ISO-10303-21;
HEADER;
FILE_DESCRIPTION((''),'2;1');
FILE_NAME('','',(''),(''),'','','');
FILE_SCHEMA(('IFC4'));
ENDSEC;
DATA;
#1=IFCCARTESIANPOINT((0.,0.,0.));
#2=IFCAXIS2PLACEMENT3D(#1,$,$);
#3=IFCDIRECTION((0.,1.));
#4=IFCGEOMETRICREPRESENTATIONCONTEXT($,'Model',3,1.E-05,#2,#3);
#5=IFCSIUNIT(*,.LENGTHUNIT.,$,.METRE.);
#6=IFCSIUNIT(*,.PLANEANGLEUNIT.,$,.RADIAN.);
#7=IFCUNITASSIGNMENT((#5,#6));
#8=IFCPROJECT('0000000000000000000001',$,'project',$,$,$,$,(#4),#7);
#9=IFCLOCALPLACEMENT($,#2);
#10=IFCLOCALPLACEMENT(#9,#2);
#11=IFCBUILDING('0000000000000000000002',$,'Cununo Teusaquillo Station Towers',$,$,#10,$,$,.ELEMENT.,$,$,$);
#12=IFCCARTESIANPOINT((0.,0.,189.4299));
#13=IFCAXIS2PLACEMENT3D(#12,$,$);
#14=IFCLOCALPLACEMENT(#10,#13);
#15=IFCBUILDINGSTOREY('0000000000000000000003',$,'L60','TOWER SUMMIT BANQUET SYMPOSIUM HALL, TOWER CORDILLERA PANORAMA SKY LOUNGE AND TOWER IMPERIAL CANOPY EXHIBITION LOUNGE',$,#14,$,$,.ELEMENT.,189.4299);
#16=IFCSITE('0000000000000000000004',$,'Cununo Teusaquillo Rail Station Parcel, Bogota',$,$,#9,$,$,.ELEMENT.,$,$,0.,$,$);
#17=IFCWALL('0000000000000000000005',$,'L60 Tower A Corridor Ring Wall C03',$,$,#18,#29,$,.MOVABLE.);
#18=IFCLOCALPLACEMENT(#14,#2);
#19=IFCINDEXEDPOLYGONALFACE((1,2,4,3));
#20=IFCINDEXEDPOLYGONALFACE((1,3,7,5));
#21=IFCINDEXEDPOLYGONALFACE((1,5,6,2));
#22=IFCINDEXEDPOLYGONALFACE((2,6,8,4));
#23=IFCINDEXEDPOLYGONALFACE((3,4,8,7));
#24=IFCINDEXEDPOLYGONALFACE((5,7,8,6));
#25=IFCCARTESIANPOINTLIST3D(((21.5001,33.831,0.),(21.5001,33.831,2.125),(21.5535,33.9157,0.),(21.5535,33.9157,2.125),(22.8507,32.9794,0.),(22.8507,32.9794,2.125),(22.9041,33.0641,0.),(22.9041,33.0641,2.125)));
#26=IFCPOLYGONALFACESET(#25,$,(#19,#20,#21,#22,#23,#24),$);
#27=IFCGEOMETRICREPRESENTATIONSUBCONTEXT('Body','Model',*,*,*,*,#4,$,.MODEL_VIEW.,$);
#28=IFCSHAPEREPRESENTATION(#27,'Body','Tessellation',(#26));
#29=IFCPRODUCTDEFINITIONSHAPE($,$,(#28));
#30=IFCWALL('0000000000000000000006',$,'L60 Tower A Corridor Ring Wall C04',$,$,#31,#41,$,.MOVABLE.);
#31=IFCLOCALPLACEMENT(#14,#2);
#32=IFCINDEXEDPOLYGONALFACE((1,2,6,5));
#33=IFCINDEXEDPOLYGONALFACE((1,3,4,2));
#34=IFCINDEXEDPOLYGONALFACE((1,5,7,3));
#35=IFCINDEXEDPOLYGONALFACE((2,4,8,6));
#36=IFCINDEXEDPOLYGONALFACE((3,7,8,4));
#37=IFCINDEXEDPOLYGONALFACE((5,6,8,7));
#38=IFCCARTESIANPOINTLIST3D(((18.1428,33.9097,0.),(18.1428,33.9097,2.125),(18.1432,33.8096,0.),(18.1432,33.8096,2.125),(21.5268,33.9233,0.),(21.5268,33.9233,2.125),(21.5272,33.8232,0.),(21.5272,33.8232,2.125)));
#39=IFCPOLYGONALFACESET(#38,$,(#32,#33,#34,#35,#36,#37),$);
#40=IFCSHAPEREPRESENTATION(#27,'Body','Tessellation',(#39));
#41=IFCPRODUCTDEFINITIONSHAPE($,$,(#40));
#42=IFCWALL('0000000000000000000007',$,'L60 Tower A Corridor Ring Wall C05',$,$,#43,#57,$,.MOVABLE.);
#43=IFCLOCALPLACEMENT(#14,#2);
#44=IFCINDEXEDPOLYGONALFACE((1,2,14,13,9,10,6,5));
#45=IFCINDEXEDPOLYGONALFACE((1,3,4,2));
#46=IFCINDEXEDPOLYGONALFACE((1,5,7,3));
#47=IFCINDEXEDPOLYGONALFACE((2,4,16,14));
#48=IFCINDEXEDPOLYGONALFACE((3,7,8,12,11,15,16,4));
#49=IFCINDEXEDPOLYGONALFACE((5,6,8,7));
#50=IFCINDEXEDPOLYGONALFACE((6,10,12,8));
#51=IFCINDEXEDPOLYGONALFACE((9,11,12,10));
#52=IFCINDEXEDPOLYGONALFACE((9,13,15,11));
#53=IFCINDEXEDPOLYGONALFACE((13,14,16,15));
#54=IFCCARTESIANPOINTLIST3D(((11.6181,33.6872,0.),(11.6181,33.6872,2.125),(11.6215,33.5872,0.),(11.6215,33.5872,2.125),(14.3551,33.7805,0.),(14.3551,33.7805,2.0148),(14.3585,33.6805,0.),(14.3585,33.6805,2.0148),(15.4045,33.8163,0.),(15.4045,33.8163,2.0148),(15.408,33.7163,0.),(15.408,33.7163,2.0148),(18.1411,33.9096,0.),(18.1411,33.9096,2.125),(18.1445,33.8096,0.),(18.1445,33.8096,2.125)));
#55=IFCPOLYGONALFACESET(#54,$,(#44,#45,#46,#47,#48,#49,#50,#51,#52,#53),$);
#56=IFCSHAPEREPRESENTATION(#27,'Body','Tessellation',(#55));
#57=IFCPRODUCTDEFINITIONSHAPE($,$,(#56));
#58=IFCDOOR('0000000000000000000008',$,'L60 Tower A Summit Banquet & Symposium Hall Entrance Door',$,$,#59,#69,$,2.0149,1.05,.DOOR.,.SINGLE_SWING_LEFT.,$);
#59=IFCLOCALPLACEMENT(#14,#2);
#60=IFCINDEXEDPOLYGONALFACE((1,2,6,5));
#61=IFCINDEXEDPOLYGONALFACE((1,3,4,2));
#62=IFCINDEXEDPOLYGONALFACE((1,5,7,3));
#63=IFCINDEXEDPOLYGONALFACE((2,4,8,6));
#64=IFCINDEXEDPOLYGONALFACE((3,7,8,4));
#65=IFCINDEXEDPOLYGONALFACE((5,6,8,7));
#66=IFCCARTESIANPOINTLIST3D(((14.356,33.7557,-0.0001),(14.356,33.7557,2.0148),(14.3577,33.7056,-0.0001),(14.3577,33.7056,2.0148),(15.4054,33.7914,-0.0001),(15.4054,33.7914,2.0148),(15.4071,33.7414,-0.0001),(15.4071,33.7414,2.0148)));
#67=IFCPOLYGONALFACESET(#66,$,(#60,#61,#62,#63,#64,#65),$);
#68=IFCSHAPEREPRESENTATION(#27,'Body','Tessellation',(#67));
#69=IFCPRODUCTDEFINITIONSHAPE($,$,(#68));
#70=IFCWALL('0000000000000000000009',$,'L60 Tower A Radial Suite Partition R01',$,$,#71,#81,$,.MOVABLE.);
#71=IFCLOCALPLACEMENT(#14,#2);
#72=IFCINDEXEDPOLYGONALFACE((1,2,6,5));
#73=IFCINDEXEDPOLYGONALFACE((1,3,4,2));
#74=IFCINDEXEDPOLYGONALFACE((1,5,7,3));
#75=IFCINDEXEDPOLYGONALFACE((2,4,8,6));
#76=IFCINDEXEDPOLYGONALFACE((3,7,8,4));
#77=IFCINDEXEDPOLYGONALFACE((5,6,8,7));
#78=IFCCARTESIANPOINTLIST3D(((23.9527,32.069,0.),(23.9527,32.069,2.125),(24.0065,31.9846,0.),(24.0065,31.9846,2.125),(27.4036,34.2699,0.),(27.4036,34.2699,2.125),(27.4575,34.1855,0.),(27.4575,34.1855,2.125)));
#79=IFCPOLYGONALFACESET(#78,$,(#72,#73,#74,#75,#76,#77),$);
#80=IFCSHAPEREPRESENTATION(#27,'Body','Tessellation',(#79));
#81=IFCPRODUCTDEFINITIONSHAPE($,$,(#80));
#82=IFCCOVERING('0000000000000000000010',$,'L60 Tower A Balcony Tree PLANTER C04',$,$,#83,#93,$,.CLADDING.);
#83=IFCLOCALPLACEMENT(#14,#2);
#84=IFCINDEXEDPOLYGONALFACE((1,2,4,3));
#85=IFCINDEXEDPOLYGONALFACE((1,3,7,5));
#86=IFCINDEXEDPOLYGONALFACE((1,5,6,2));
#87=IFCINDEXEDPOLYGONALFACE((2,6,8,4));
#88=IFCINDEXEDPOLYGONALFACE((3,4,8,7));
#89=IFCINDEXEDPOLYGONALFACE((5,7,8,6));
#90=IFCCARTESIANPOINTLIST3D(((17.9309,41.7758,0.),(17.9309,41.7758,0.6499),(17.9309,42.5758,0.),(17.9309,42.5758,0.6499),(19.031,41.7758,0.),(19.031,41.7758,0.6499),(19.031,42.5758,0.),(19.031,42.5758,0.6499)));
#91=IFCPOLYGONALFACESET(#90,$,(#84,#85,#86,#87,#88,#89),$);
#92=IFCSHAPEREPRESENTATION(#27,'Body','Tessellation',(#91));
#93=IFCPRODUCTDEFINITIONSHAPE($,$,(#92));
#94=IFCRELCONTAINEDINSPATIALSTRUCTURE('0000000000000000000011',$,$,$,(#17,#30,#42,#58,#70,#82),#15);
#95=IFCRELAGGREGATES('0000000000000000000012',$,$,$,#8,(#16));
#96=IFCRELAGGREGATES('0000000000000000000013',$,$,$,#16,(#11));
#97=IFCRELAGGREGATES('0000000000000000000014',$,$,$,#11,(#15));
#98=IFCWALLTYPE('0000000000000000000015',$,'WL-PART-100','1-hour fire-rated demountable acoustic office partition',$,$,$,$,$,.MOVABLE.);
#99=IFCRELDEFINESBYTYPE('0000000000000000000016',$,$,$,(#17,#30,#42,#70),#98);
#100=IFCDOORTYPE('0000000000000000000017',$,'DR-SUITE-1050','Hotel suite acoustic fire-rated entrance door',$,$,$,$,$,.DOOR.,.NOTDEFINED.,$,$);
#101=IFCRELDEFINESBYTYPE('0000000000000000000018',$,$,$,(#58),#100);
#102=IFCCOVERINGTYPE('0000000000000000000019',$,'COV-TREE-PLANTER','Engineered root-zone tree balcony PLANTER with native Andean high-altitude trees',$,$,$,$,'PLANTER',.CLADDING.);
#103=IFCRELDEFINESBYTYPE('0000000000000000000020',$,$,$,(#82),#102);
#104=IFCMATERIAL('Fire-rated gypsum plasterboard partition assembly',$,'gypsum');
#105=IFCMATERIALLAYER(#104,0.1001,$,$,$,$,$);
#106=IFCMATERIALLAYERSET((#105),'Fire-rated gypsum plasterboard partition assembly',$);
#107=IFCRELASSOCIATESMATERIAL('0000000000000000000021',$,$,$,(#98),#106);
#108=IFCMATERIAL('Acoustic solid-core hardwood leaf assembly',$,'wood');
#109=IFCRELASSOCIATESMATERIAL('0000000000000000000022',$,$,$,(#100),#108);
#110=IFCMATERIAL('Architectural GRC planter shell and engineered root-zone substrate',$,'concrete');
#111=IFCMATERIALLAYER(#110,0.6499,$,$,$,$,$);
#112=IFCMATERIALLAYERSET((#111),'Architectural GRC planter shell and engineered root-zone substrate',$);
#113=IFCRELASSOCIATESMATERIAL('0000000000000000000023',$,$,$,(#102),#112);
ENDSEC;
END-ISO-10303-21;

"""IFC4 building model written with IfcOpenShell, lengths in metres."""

from ifc_helpers import new_model, si_unit, direction, frame, frame_2d, origin, origin_2d, place, context, subcontext, project, spatial, rectangle, extrude, source, transform, mapped, material, layer, layer_set, type_object, element, fill, save


model = new_model("IFC4")

# Units and contexts
model_context = context("Model", 3, precision=1e-05, world=origin(), true_north=direction((0.0, 1.0)))
body_context = subcontext(model_context, "Body", "Model", "MODEL_VIEW")
ifc_project = project(units=[si_unit("LENGTHUNIT", "METRE"), si_unit("PLANEANGLEUNIT", "RADIAN")], contexts=[model_context])

# Site, building, storey
site_placement = place(None, origin())
site = spatial("IfcSite", under=ifc_project, at=site_placement, Name="Cununo Teusaquillo Rail Station Parcel, Bogota", CompositionType="ELEMENT", RefElevation=0.0)
building_placement = place(site_placement, origin())
building = spatial("IfcBuilding", under=site, at=building_placement, Name="Cununo Teusaquillo Station Towers", CompositionType="ELEMENT")
storey_placement = place(building_placement, frame((0.0, 0.0, 189.4299)))
storey = spatial("IfcBuildingStorey", under=building, at=storey_placement, Name="L60", Description="TOWER SUMMIT BANQUET SYMPOSIUM HALL, TOWER CORDILLERA PANORAMA SKY LOUNGE AND TOWER IMPERIAL CANOPY EXHIBITION LOUNGE", CompositionType="ELEMENT", Elevation=189.4299)

# Walls
ifc_material_1 = material(Name="Fire-rated gypsum plasterboard partition assembly", Category="gypsum")
ifc_layer_1 = layer(ifc_material_1, 0.1001)
ifc_layer_set_1 = layer_set([ifc_layer_1], Name="Fire-rated gypsum plasterboard partition assembly")
wall_type_1 = type_object("IfcWallType", Name="WL-PART-100", Description="1-hour fire-rated demountable acoustic office partition", PredefinedType="MOVABLE", material=ifc_layer_set_1)
wall_1_placement = place(storey_placement, frame((22.8774, 33.0217, 0.0), z_axis=(0.0, 0.0, 1.0), x_axis=(-0.845896, 0.533348, 0.0)))
element("IfcWall", 1, at=wall_1_placement, inside=storey, type_object=wall_type_1, Name="L60 Tower A Corridor Ring Wall C03", PredefinedType="MOVABLE", context=body_context, shape_type="SweptSolid", body=[
    extrude(rectangle(XDim=1.5967, YDim=0.1001, at=frame_2d((0.7983, 0.0))), origin(), (0.0, 0.0, 1.0), 2.125),
])
wall_2_placement = place(storey_placement, frame((21.5269, 33.8733, 0.0), z_axis=(0.0, 0.0, 1.0), x_axis=(-0.999992, -0.00404, 0.0)))
element("IfcWall", 2, at=wall_2_placement, inside=storey, type_object=wall_type_1, Name="L60 Tower A Corridor Ring Wall C04", PredefinedType="MOVABLE", context=body_context, shape_type="SweptSolid", body=[
    extrude(rectangle(XDim=3.384, YDim=0.1001, at=frame_2d((1.6919, 0.0))), origin(), (0.0, 0.0, 1.0), 2.125),
])

# Wall, opening, door
wall_3_placement = place(storey_placement, frame((18.1428, 33.8596, 0.0), z_axis=(0.0, 0.0, 1.0), x_axis=(-0.999419, -0.034077, 0.0)))
wall_3 = element("IfcWall", 3, at=wall_3_placement, inside=storey, type_object=wall_type_1, Name="L60 Tower A Corridor Ring Wall C05", PredefinedType="MOVABLE", context=body_context, shape_type="SweptSolid", body=[
    extrude(rectangle(XDim=6.5269, YDim=0.1001, at=frame_2d((3.2634, 0.0))), origin(), (0.0, 0.0, 1.0), 2.125),
])
shared_shape_1 = source(origin(), body_context, "Body", "SweptSolid", [
    extrude(rectangle(XDim=1.05, YDim=2.0149, at=frame_2d((0.5249, 1.0073))), frame((0.0, 0.0601, 0.0), z_axis=(0.0, -1.0, 0.0), x_axis=(1.0, 0.0, 0.0)), (0.0, 0.0, 1.0), 0.1201),
])
opening_1_placement = place(wall_3_placement, frame((2.7383, 0.0, 0.0)))
opening_1 = element("IfcOpeningElement", 4, at=opening_1_placement, cuts=wall_3, PredefinedType="OPENING", context=body_context, shape_type="MappedRepresentation", body=[
    mapped(shared_shape_1, transform((0.0, 0.0, 0.0), x_axis=(1.0, 0.0, 0.0), y_axis=(0.0, 1.0, 0.0), z_axis=(0.0, 0.0, 1.0), scale=1.0)),
])
ifc_material_2 = material(Name="Acoustic solid-core hardwood leaf assembly", Category="wood")
door_type_1 = type_object("IfcDoorType", Name="DR-SUITE-1050", Description="Hotel suite acoustic fire-rated entrance door", OperationType="NOTDEFINED", PredefinedType="DOOR", material=ifc_material_2)
shared_shape_2 = source(origin(), body_context, "Body", "SweptSolid", [
    extrude(rectangle(XDim=1.05, YDim=2.0149, at=frame_2d((0.5249, 1.0073))), frame((0.0, 0.0249, 0.0), z_axis=(0.0, -1.0, 0.0), x_axis=(1.0, 0.0, 0.0)), (0.0, 0.0, 1.0), 0.05),
])
door_1_placement = place(opening_1_placement, origin())
door_1 = element("IfcDoor", 5, at=door_1_placement, inside=storey, type_object=door_type_1, Name="L60 Tower A Summit Banquet & Symposium Hall Entrance Door", OperationType="SINGLE_SWING_LEFT", OverallHeight=2.0149, OverallWidth=1.05, PredefinedType="DOOR", context=body_context, shape_type="MappedRepresentation", body=[
    mapped(shared_shape_2, transform((0.0, 0.0, 0.0), x_axis=(1.0, 0.0, 0.0), y_axis=(0.0, 1.0, 0.0), z_axis=(0.0, 0.0, 1.0), scale=1.0)),
])
fill(opening_1, door_1)

# Wall
wall_4_placement = place(storey_placement, frame((23.9797, 32.0269, 0.0), z_axis=(0.0, 0.0, 1.0), x_axis=(0.843121, 0.537724, 0.0)))
element("IfcWall", 6, at=wall_4_placement, inside=storey, type_object=wall_type_1, Name="L60 Tower A Radial Suite Partition R01", PredefinedType="MOVABLE", context=body_context, shape_type="SweptSolid", body=[
    extrude(rectangle(XDim=4.093, YDim=0.1001, at=frame_2d((2.0464, 0.0))), origin(), (0.0, 0.0, 1.0), 2.125),
])

# Covering
ifc_material_3 = material(Name="Architectural GRC planter shell and engineered root-zone substrate", Category="concrete")
ifc_layer_2 = layer(ifc_material_3, 0.6499)
ifc_layer_set_2 = layer_set([ifc_layer_2], Name="Architectural GRC planter shell and engineered root-zone substrate")
covering_type = type_object("IfcCoveringType", Name="COV-TREE-PLANTER", Description="Engineered root-zone tree balcony PLANTER with native Andean high-altitude trees", ElementType="PLANTER", PredefinedType="CLADDING", material=ifc_layer_set_2)
shared_shape_3 = source(origin(), body_context, "Body", "SweptSolid", [
    extrude(rectangle(XDim=1.1001, YDim=0.8, at=origin_2d()), origin(), (0.0, 0.0, 1.0), 0.6499),
])
covering_placement = place(storey_placement, frame((18.481, 42.1758, 0.0), z_axis=(0.0, 0.0, 1.0), x_axis=(1.0, 0.0, 0.0)))
element("IfcCovering", 7, at=covering_placement, inside=storey, type_object=covering_type, Name="L60 Tower A Balcony Tree PLANTER C04", PredefinedType="CLADDING", context=body_context, shape_type="MappedRepresentation", body=[
    mapped(shared_shape_3, transform((0.0, 0.0, 0.0), x_axis=(1.0, 0.0, 0.0), y_axis=(0.0, 1.0, 0.0), z_axis=(0.0, 0.0, 1.0), scale=1.0)),
])

save(model, "model.ifc")
